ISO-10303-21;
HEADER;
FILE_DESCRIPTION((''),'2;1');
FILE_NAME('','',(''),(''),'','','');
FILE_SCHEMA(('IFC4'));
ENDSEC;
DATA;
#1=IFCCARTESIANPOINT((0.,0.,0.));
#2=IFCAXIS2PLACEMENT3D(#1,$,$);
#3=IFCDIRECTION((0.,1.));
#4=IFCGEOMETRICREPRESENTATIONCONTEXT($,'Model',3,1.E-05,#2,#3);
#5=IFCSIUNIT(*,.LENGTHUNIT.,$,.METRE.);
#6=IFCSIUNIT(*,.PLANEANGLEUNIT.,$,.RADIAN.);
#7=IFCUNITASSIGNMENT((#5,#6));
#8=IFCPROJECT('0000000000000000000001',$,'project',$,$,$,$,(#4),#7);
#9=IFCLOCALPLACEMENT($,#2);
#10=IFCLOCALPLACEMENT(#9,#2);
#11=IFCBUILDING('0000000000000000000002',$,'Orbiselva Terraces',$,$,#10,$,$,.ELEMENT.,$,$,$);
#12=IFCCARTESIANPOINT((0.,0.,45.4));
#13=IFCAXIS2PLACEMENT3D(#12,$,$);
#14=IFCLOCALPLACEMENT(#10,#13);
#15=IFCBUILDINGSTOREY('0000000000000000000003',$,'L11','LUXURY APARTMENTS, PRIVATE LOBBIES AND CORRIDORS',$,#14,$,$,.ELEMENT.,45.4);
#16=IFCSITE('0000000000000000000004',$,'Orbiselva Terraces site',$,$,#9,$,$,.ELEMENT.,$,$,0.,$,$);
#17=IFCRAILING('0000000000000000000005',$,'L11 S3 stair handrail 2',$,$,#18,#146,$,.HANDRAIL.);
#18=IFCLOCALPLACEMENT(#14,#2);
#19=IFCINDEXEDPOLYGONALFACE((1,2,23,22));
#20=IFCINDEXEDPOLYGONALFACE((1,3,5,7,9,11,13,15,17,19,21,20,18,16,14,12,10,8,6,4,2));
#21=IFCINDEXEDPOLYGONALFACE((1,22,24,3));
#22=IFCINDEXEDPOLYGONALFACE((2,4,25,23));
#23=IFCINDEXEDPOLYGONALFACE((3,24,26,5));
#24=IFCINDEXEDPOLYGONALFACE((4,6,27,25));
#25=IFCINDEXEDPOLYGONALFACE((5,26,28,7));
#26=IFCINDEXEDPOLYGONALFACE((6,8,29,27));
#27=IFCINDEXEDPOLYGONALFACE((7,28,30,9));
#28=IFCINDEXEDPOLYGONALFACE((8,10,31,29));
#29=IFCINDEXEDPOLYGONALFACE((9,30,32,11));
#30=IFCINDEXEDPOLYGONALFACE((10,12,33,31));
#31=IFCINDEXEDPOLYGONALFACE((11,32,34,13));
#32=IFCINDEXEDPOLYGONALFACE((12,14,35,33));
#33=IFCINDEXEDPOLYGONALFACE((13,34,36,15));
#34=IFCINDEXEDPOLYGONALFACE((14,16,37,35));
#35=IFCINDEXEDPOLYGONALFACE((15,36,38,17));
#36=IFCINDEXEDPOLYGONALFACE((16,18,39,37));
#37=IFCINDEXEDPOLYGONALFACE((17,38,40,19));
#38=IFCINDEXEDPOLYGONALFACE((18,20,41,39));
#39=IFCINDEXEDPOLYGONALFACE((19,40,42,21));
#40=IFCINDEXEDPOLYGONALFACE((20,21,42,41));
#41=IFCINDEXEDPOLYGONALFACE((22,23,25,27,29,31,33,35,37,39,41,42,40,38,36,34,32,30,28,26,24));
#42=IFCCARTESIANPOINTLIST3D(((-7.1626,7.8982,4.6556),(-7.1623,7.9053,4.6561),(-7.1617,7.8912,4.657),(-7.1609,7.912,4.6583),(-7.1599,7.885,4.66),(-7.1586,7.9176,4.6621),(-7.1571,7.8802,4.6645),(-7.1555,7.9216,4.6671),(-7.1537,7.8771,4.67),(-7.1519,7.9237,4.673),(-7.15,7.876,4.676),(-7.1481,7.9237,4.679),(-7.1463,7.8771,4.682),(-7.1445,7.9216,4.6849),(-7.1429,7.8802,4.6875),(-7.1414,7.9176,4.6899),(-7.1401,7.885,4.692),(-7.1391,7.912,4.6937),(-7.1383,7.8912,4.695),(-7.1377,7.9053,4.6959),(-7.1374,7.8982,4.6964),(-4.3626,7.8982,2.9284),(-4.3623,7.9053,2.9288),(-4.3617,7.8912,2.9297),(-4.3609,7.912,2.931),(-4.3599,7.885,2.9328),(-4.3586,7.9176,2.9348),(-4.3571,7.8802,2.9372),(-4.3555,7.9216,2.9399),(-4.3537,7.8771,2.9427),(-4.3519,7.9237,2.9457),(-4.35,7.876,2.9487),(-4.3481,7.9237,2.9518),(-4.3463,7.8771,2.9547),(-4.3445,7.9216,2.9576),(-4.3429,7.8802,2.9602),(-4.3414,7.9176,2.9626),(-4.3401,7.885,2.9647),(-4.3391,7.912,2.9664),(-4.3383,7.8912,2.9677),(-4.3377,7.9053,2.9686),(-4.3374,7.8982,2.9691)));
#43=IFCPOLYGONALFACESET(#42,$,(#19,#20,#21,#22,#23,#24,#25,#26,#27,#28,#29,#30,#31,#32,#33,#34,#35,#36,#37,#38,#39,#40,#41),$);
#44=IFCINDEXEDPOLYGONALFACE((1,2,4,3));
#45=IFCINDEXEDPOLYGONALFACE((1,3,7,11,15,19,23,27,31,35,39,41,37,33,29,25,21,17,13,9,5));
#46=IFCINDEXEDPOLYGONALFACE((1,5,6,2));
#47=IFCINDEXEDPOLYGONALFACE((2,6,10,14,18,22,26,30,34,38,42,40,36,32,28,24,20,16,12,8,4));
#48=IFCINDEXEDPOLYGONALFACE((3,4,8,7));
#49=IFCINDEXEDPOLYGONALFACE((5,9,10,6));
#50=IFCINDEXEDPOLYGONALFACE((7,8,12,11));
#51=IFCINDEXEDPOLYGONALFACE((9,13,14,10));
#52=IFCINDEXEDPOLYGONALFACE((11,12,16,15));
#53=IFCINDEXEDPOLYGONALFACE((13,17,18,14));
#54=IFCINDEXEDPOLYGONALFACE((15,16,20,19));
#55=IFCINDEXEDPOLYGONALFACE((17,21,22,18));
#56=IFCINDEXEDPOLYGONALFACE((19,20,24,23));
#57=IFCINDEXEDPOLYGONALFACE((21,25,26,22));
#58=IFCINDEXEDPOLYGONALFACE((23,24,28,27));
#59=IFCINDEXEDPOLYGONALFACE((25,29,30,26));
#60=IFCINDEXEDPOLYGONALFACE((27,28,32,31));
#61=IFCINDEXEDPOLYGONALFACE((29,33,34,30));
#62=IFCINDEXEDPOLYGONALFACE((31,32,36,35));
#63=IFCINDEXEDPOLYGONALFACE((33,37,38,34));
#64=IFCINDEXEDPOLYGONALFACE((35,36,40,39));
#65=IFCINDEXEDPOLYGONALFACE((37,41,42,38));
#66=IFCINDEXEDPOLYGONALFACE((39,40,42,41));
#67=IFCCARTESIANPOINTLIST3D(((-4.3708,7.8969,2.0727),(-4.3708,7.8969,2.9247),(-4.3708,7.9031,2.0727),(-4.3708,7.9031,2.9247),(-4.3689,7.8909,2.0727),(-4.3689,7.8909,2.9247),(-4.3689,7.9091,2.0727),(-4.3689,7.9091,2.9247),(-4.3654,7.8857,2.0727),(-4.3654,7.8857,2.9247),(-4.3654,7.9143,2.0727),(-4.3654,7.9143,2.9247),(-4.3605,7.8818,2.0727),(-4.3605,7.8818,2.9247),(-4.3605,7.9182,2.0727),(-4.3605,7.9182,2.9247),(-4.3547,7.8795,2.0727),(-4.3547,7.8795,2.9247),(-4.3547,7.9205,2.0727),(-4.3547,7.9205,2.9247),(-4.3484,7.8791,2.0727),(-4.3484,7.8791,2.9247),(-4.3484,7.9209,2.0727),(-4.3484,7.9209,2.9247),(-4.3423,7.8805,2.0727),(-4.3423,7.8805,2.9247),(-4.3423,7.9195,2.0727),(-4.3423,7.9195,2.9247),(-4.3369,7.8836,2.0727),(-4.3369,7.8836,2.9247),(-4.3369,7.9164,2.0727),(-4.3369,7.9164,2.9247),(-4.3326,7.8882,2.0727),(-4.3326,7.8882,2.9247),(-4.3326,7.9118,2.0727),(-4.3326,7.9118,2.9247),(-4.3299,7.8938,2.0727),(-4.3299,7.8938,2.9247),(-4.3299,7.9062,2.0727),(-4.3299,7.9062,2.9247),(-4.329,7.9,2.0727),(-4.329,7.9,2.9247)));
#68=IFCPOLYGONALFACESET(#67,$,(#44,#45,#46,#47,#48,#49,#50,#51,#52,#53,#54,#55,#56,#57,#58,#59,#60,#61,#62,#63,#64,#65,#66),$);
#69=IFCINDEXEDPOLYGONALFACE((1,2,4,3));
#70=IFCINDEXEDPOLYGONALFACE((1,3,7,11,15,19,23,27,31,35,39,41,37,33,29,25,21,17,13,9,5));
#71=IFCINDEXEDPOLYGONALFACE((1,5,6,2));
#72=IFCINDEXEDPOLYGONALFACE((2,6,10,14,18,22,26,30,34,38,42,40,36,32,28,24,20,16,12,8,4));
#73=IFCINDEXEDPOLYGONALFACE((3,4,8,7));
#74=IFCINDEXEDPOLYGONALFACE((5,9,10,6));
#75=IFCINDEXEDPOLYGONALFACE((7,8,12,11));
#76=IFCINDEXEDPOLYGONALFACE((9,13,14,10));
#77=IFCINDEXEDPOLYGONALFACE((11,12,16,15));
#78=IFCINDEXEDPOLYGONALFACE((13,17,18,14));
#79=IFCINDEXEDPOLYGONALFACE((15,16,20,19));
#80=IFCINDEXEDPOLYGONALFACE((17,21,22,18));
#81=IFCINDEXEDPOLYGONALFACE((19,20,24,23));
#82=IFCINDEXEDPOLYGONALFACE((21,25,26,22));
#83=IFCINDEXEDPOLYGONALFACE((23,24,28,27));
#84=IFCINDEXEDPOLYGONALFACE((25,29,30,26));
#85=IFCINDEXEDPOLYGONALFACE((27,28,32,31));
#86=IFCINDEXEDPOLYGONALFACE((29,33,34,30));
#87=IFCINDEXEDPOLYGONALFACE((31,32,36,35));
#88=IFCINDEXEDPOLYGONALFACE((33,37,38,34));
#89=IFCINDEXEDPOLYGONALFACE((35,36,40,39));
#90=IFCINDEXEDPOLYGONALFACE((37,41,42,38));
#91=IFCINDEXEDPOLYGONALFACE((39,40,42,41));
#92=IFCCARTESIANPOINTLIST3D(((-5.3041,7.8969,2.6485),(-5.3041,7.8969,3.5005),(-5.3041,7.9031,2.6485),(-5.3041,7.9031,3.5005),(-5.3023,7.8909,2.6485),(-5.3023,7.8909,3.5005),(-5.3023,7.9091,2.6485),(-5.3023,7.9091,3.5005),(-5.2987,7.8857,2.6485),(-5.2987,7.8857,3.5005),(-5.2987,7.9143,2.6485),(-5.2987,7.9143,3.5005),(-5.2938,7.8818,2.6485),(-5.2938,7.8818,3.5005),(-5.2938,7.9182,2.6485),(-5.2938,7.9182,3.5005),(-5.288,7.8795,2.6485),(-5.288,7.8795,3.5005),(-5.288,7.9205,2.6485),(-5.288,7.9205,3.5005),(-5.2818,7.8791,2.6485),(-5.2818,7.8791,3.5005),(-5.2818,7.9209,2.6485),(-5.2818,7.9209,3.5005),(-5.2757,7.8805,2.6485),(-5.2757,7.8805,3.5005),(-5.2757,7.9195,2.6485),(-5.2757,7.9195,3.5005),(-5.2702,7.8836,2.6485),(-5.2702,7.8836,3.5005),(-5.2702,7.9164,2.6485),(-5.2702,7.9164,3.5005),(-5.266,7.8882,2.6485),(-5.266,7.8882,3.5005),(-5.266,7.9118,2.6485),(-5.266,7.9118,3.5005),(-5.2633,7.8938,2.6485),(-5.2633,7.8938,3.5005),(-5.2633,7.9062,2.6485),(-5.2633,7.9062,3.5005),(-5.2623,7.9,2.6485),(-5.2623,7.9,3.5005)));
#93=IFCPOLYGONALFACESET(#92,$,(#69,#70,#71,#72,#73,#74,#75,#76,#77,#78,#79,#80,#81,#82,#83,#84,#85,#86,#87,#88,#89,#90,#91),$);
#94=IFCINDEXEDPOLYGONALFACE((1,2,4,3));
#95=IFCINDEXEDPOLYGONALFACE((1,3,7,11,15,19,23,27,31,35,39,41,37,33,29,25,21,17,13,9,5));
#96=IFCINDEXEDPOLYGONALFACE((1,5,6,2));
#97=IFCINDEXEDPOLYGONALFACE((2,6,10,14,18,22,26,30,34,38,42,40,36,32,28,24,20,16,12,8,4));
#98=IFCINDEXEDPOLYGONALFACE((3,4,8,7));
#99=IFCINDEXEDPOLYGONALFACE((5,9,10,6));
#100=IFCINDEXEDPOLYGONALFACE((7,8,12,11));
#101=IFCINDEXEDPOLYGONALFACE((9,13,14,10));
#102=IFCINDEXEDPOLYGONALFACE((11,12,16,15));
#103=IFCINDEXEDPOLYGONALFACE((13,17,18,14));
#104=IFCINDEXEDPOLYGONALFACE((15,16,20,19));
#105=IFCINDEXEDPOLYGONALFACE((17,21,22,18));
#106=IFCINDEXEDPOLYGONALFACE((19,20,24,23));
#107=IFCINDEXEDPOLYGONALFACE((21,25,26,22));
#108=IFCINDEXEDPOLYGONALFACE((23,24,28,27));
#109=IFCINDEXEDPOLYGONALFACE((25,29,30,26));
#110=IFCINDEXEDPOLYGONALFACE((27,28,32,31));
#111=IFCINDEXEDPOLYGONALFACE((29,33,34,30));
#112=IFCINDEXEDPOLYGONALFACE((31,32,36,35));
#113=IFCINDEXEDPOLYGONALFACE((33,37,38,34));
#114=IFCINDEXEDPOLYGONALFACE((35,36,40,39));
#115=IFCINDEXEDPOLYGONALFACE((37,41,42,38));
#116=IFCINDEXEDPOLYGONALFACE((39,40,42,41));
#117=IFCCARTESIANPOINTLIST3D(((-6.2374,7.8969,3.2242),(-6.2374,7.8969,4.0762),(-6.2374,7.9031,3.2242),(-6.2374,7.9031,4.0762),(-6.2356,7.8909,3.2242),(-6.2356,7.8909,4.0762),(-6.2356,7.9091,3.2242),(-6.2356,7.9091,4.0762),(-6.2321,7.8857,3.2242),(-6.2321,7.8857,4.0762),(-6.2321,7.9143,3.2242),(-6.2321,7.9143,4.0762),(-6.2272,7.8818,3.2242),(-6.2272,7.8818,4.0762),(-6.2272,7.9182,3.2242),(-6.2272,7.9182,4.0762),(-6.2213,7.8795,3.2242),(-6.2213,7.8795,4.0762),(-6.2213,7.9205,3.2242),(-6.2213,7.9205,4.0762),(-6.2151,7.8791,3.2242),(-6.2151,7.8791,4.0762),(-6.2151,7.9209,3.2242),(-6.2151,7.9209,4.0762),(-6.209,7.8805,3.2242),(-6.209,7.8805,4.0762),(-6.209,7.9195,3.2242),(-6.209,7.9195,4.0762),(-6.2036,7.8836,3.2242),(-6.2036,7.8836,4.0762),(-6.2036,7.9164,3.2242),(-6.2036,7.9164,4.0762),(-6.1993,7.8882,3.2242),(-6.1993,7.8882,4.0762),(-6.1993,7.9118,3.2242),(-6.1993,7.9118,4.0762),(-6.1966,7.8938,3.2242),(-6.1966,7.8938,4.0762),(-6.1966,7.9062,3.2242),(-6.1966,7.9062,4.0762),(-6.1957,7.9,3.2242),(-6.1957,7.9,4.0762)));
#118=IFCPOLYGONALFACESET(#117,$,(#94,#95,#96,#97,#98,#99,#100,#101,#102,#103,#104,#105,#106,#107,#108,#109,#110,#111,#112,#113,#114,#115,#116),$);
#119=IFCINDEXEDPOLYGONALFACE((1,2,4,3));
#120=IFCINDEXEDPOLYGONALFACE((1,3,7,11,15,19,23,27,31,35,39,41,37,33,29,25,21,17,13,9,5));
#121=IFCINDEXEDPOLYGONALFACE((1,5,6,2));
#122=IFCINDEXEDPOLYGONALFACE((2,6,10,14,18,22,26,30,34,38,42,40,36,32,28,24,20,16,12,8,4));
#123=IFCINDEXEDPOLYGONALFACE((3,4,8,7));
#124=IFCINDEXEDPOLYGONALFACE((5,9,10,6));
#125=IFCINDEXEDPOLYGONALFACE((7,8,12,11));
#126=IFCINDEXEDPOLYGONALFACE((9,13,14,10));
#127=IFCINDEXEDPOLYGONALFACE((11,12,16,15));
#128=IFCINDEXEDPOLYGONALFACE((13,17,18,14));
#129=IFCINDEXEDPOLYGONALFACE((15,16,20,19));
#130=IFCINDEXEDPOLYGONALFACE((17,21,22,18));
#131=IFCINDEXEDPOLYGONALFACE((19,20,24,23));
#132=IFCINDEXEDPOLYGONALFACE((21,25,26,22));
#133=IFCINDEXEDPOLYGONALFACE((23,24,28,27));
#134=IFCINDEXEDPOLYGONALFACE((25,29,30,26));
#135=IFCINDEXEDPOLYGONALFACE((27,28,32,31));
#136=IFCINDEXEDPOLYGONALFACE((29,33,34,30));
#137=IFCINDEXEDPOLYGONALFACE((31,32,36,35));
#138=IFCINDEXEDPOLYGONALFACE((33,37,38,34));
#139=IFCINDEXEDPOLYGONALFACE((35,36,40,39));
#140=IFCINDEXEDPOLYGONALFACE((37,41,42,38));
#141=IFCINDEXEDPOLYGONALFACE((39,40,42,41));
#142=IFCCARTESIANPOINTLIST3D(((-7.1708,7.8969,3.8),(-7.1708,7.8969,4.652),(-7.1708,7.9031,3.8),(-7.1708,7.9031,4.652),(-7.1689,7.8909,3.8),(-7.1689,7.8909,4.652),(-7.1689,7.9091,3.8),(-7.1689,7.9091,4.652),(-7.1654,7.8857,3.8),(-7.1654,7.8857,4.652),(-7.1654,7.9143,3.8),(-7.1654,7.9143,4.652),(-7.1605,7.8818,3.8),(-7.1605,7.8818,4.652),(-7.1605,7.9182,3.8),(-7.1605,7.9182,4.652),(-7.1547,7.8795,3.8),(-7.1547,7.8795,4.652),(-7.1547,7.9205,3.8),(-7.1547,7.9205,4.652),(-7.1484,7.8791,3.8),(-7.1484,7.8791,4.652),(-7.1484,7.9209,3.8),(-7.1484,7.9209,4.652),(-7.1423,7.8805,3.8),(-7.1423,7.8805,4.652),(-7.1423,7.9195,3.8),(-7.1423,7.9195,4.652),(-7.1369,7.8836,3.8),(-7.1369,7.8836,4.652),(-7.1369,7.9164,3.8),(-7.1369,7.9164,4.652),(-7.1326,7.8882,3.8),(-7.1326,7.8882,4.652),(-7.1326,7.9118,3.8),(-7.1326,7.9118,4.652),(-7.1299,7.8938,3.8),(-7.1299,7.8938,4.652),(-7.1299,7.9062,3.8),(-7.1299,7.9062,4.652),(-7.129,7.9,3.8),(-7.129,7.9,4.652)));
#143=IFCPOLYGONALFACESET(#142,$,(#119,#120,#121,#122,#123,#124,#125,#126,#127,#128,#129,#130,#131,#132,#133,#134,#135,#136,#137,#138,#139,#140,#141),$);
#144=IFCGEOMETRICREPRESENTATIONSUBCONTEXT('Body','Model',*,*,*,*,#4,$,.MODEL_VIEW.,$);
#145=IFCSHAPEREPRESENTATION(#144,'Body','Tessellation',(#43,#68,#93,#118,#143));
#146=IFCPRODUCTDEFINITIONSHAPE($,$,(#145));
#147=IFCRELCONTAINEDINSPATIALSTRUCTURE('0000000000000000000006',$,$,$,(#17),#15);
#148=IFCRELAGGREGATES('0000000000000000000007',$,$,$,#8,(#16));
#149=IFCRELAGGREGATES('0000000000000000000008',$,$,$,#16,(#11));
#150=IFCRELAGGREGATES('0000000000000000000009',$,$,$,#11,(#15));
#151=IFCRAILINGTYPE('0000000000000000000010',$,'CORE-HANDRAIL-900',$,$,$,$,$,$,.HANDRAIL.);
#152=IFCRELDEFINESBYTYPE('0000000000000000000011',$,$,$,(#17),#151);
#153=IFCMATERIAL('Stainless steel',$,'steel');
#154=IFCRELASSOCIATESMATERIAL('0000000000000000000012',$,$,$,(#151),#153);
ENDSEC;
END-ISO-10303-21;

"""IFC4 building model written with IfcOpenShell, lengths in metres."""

from ifc_helpers import new_model, si_unit, direction, frame, origin, origin_2d, place, context, subcontext, project, spatial, circle, extrude, material, type_object, element, save


model = new_model("IFC4")

# Units and contexts
model_context = context("Model", 3, precision=1e-05, world=origin(), true_north=direction((0.0, 1.0)))
body_context = subcontext(model_context, "Body", "Model", "MODEL_VIEW")
ifc_project = project(units=[si_unit("LENGTHUNIT", "METRE"), si_unit("PLANEANGLEUNIT", "RADIAN")], contexts=[model_context])

# Site, building, storey
site_placement = place(None, origin())
site = spatial("IfcSite", under=ifc_project, at=site_placement, Name="Orbiselva Terraces site", CompositionType="ELEMENT", RefElevation=0.0)
building_placement = place(site_placement, origin())
building = spatial("IfcBuilding", under=site, at=building_placement, Name="Orbiselva Terraces", CompositionType="ELEMENT")
storey_placement = place(building_placement, frame((0.0, 0.0, 45.4)))
storey = spatial("IfcBuildingStorey", under=building, at=storey_placement, Name="L11", Description="LUXURY APARTMENTS, PRIVATE LOBBIES AND CORRIDORS", CompositionType="ELEMENT", Elevation=45.4)

# Railing
ifc_material_1 = material(Name="Stainless steel", Category="steel")
railing_type_1 = type_object("IfcRailingType", Name="CORE-HANDRAIL-900", PredefinedType="HANDRAIL", material=ifc_material_1)
railing_1_placement = place(storey_placement, frame((-4.35, 7.9, 2.0727)))
element("IfcRailing", 1, at=railing_1_placement, inside=storey, type_object=railing_type_1, Name="L11 S3 stair handrail 2", PredefinedType="HANDRAIL", context=body_context, shape_type="SweptSolid", body=[
    extrude(circle(Radius=0.024, at=origin_2d()), frame((0.0, 0.0, 0.876), z_axis=(-0.851089, 0.0, 0.525022), x_axis=(0.0, -1.0, 0.0)), (0.0, 0.0, 1.0), 3.2899),
    extrude(circle(Radius=0.021, at=origin_2d()), origin(), (0.0, 0.0, 1.0), 0.852),
    extrude(circle(Radius=0.021, at=origin_2d()), frame((-0.9333, 0.0, 0.5758)), (0.0, 0.0, 1.0), 0.852),
    extrude(circle(Radius=0.021, at=origin_2d()), frame((-1.8667, 0.0, 1.1515)), (0.0, 0.0, 1.0), 0.852),
    extrude(circle(Radius=0.021, at=origin_2d()), frame((-2.8, 0.0, 1.7273)), (0.0, 0.0, 1.0), 0.852),
])

save(model, "model.ifc")
